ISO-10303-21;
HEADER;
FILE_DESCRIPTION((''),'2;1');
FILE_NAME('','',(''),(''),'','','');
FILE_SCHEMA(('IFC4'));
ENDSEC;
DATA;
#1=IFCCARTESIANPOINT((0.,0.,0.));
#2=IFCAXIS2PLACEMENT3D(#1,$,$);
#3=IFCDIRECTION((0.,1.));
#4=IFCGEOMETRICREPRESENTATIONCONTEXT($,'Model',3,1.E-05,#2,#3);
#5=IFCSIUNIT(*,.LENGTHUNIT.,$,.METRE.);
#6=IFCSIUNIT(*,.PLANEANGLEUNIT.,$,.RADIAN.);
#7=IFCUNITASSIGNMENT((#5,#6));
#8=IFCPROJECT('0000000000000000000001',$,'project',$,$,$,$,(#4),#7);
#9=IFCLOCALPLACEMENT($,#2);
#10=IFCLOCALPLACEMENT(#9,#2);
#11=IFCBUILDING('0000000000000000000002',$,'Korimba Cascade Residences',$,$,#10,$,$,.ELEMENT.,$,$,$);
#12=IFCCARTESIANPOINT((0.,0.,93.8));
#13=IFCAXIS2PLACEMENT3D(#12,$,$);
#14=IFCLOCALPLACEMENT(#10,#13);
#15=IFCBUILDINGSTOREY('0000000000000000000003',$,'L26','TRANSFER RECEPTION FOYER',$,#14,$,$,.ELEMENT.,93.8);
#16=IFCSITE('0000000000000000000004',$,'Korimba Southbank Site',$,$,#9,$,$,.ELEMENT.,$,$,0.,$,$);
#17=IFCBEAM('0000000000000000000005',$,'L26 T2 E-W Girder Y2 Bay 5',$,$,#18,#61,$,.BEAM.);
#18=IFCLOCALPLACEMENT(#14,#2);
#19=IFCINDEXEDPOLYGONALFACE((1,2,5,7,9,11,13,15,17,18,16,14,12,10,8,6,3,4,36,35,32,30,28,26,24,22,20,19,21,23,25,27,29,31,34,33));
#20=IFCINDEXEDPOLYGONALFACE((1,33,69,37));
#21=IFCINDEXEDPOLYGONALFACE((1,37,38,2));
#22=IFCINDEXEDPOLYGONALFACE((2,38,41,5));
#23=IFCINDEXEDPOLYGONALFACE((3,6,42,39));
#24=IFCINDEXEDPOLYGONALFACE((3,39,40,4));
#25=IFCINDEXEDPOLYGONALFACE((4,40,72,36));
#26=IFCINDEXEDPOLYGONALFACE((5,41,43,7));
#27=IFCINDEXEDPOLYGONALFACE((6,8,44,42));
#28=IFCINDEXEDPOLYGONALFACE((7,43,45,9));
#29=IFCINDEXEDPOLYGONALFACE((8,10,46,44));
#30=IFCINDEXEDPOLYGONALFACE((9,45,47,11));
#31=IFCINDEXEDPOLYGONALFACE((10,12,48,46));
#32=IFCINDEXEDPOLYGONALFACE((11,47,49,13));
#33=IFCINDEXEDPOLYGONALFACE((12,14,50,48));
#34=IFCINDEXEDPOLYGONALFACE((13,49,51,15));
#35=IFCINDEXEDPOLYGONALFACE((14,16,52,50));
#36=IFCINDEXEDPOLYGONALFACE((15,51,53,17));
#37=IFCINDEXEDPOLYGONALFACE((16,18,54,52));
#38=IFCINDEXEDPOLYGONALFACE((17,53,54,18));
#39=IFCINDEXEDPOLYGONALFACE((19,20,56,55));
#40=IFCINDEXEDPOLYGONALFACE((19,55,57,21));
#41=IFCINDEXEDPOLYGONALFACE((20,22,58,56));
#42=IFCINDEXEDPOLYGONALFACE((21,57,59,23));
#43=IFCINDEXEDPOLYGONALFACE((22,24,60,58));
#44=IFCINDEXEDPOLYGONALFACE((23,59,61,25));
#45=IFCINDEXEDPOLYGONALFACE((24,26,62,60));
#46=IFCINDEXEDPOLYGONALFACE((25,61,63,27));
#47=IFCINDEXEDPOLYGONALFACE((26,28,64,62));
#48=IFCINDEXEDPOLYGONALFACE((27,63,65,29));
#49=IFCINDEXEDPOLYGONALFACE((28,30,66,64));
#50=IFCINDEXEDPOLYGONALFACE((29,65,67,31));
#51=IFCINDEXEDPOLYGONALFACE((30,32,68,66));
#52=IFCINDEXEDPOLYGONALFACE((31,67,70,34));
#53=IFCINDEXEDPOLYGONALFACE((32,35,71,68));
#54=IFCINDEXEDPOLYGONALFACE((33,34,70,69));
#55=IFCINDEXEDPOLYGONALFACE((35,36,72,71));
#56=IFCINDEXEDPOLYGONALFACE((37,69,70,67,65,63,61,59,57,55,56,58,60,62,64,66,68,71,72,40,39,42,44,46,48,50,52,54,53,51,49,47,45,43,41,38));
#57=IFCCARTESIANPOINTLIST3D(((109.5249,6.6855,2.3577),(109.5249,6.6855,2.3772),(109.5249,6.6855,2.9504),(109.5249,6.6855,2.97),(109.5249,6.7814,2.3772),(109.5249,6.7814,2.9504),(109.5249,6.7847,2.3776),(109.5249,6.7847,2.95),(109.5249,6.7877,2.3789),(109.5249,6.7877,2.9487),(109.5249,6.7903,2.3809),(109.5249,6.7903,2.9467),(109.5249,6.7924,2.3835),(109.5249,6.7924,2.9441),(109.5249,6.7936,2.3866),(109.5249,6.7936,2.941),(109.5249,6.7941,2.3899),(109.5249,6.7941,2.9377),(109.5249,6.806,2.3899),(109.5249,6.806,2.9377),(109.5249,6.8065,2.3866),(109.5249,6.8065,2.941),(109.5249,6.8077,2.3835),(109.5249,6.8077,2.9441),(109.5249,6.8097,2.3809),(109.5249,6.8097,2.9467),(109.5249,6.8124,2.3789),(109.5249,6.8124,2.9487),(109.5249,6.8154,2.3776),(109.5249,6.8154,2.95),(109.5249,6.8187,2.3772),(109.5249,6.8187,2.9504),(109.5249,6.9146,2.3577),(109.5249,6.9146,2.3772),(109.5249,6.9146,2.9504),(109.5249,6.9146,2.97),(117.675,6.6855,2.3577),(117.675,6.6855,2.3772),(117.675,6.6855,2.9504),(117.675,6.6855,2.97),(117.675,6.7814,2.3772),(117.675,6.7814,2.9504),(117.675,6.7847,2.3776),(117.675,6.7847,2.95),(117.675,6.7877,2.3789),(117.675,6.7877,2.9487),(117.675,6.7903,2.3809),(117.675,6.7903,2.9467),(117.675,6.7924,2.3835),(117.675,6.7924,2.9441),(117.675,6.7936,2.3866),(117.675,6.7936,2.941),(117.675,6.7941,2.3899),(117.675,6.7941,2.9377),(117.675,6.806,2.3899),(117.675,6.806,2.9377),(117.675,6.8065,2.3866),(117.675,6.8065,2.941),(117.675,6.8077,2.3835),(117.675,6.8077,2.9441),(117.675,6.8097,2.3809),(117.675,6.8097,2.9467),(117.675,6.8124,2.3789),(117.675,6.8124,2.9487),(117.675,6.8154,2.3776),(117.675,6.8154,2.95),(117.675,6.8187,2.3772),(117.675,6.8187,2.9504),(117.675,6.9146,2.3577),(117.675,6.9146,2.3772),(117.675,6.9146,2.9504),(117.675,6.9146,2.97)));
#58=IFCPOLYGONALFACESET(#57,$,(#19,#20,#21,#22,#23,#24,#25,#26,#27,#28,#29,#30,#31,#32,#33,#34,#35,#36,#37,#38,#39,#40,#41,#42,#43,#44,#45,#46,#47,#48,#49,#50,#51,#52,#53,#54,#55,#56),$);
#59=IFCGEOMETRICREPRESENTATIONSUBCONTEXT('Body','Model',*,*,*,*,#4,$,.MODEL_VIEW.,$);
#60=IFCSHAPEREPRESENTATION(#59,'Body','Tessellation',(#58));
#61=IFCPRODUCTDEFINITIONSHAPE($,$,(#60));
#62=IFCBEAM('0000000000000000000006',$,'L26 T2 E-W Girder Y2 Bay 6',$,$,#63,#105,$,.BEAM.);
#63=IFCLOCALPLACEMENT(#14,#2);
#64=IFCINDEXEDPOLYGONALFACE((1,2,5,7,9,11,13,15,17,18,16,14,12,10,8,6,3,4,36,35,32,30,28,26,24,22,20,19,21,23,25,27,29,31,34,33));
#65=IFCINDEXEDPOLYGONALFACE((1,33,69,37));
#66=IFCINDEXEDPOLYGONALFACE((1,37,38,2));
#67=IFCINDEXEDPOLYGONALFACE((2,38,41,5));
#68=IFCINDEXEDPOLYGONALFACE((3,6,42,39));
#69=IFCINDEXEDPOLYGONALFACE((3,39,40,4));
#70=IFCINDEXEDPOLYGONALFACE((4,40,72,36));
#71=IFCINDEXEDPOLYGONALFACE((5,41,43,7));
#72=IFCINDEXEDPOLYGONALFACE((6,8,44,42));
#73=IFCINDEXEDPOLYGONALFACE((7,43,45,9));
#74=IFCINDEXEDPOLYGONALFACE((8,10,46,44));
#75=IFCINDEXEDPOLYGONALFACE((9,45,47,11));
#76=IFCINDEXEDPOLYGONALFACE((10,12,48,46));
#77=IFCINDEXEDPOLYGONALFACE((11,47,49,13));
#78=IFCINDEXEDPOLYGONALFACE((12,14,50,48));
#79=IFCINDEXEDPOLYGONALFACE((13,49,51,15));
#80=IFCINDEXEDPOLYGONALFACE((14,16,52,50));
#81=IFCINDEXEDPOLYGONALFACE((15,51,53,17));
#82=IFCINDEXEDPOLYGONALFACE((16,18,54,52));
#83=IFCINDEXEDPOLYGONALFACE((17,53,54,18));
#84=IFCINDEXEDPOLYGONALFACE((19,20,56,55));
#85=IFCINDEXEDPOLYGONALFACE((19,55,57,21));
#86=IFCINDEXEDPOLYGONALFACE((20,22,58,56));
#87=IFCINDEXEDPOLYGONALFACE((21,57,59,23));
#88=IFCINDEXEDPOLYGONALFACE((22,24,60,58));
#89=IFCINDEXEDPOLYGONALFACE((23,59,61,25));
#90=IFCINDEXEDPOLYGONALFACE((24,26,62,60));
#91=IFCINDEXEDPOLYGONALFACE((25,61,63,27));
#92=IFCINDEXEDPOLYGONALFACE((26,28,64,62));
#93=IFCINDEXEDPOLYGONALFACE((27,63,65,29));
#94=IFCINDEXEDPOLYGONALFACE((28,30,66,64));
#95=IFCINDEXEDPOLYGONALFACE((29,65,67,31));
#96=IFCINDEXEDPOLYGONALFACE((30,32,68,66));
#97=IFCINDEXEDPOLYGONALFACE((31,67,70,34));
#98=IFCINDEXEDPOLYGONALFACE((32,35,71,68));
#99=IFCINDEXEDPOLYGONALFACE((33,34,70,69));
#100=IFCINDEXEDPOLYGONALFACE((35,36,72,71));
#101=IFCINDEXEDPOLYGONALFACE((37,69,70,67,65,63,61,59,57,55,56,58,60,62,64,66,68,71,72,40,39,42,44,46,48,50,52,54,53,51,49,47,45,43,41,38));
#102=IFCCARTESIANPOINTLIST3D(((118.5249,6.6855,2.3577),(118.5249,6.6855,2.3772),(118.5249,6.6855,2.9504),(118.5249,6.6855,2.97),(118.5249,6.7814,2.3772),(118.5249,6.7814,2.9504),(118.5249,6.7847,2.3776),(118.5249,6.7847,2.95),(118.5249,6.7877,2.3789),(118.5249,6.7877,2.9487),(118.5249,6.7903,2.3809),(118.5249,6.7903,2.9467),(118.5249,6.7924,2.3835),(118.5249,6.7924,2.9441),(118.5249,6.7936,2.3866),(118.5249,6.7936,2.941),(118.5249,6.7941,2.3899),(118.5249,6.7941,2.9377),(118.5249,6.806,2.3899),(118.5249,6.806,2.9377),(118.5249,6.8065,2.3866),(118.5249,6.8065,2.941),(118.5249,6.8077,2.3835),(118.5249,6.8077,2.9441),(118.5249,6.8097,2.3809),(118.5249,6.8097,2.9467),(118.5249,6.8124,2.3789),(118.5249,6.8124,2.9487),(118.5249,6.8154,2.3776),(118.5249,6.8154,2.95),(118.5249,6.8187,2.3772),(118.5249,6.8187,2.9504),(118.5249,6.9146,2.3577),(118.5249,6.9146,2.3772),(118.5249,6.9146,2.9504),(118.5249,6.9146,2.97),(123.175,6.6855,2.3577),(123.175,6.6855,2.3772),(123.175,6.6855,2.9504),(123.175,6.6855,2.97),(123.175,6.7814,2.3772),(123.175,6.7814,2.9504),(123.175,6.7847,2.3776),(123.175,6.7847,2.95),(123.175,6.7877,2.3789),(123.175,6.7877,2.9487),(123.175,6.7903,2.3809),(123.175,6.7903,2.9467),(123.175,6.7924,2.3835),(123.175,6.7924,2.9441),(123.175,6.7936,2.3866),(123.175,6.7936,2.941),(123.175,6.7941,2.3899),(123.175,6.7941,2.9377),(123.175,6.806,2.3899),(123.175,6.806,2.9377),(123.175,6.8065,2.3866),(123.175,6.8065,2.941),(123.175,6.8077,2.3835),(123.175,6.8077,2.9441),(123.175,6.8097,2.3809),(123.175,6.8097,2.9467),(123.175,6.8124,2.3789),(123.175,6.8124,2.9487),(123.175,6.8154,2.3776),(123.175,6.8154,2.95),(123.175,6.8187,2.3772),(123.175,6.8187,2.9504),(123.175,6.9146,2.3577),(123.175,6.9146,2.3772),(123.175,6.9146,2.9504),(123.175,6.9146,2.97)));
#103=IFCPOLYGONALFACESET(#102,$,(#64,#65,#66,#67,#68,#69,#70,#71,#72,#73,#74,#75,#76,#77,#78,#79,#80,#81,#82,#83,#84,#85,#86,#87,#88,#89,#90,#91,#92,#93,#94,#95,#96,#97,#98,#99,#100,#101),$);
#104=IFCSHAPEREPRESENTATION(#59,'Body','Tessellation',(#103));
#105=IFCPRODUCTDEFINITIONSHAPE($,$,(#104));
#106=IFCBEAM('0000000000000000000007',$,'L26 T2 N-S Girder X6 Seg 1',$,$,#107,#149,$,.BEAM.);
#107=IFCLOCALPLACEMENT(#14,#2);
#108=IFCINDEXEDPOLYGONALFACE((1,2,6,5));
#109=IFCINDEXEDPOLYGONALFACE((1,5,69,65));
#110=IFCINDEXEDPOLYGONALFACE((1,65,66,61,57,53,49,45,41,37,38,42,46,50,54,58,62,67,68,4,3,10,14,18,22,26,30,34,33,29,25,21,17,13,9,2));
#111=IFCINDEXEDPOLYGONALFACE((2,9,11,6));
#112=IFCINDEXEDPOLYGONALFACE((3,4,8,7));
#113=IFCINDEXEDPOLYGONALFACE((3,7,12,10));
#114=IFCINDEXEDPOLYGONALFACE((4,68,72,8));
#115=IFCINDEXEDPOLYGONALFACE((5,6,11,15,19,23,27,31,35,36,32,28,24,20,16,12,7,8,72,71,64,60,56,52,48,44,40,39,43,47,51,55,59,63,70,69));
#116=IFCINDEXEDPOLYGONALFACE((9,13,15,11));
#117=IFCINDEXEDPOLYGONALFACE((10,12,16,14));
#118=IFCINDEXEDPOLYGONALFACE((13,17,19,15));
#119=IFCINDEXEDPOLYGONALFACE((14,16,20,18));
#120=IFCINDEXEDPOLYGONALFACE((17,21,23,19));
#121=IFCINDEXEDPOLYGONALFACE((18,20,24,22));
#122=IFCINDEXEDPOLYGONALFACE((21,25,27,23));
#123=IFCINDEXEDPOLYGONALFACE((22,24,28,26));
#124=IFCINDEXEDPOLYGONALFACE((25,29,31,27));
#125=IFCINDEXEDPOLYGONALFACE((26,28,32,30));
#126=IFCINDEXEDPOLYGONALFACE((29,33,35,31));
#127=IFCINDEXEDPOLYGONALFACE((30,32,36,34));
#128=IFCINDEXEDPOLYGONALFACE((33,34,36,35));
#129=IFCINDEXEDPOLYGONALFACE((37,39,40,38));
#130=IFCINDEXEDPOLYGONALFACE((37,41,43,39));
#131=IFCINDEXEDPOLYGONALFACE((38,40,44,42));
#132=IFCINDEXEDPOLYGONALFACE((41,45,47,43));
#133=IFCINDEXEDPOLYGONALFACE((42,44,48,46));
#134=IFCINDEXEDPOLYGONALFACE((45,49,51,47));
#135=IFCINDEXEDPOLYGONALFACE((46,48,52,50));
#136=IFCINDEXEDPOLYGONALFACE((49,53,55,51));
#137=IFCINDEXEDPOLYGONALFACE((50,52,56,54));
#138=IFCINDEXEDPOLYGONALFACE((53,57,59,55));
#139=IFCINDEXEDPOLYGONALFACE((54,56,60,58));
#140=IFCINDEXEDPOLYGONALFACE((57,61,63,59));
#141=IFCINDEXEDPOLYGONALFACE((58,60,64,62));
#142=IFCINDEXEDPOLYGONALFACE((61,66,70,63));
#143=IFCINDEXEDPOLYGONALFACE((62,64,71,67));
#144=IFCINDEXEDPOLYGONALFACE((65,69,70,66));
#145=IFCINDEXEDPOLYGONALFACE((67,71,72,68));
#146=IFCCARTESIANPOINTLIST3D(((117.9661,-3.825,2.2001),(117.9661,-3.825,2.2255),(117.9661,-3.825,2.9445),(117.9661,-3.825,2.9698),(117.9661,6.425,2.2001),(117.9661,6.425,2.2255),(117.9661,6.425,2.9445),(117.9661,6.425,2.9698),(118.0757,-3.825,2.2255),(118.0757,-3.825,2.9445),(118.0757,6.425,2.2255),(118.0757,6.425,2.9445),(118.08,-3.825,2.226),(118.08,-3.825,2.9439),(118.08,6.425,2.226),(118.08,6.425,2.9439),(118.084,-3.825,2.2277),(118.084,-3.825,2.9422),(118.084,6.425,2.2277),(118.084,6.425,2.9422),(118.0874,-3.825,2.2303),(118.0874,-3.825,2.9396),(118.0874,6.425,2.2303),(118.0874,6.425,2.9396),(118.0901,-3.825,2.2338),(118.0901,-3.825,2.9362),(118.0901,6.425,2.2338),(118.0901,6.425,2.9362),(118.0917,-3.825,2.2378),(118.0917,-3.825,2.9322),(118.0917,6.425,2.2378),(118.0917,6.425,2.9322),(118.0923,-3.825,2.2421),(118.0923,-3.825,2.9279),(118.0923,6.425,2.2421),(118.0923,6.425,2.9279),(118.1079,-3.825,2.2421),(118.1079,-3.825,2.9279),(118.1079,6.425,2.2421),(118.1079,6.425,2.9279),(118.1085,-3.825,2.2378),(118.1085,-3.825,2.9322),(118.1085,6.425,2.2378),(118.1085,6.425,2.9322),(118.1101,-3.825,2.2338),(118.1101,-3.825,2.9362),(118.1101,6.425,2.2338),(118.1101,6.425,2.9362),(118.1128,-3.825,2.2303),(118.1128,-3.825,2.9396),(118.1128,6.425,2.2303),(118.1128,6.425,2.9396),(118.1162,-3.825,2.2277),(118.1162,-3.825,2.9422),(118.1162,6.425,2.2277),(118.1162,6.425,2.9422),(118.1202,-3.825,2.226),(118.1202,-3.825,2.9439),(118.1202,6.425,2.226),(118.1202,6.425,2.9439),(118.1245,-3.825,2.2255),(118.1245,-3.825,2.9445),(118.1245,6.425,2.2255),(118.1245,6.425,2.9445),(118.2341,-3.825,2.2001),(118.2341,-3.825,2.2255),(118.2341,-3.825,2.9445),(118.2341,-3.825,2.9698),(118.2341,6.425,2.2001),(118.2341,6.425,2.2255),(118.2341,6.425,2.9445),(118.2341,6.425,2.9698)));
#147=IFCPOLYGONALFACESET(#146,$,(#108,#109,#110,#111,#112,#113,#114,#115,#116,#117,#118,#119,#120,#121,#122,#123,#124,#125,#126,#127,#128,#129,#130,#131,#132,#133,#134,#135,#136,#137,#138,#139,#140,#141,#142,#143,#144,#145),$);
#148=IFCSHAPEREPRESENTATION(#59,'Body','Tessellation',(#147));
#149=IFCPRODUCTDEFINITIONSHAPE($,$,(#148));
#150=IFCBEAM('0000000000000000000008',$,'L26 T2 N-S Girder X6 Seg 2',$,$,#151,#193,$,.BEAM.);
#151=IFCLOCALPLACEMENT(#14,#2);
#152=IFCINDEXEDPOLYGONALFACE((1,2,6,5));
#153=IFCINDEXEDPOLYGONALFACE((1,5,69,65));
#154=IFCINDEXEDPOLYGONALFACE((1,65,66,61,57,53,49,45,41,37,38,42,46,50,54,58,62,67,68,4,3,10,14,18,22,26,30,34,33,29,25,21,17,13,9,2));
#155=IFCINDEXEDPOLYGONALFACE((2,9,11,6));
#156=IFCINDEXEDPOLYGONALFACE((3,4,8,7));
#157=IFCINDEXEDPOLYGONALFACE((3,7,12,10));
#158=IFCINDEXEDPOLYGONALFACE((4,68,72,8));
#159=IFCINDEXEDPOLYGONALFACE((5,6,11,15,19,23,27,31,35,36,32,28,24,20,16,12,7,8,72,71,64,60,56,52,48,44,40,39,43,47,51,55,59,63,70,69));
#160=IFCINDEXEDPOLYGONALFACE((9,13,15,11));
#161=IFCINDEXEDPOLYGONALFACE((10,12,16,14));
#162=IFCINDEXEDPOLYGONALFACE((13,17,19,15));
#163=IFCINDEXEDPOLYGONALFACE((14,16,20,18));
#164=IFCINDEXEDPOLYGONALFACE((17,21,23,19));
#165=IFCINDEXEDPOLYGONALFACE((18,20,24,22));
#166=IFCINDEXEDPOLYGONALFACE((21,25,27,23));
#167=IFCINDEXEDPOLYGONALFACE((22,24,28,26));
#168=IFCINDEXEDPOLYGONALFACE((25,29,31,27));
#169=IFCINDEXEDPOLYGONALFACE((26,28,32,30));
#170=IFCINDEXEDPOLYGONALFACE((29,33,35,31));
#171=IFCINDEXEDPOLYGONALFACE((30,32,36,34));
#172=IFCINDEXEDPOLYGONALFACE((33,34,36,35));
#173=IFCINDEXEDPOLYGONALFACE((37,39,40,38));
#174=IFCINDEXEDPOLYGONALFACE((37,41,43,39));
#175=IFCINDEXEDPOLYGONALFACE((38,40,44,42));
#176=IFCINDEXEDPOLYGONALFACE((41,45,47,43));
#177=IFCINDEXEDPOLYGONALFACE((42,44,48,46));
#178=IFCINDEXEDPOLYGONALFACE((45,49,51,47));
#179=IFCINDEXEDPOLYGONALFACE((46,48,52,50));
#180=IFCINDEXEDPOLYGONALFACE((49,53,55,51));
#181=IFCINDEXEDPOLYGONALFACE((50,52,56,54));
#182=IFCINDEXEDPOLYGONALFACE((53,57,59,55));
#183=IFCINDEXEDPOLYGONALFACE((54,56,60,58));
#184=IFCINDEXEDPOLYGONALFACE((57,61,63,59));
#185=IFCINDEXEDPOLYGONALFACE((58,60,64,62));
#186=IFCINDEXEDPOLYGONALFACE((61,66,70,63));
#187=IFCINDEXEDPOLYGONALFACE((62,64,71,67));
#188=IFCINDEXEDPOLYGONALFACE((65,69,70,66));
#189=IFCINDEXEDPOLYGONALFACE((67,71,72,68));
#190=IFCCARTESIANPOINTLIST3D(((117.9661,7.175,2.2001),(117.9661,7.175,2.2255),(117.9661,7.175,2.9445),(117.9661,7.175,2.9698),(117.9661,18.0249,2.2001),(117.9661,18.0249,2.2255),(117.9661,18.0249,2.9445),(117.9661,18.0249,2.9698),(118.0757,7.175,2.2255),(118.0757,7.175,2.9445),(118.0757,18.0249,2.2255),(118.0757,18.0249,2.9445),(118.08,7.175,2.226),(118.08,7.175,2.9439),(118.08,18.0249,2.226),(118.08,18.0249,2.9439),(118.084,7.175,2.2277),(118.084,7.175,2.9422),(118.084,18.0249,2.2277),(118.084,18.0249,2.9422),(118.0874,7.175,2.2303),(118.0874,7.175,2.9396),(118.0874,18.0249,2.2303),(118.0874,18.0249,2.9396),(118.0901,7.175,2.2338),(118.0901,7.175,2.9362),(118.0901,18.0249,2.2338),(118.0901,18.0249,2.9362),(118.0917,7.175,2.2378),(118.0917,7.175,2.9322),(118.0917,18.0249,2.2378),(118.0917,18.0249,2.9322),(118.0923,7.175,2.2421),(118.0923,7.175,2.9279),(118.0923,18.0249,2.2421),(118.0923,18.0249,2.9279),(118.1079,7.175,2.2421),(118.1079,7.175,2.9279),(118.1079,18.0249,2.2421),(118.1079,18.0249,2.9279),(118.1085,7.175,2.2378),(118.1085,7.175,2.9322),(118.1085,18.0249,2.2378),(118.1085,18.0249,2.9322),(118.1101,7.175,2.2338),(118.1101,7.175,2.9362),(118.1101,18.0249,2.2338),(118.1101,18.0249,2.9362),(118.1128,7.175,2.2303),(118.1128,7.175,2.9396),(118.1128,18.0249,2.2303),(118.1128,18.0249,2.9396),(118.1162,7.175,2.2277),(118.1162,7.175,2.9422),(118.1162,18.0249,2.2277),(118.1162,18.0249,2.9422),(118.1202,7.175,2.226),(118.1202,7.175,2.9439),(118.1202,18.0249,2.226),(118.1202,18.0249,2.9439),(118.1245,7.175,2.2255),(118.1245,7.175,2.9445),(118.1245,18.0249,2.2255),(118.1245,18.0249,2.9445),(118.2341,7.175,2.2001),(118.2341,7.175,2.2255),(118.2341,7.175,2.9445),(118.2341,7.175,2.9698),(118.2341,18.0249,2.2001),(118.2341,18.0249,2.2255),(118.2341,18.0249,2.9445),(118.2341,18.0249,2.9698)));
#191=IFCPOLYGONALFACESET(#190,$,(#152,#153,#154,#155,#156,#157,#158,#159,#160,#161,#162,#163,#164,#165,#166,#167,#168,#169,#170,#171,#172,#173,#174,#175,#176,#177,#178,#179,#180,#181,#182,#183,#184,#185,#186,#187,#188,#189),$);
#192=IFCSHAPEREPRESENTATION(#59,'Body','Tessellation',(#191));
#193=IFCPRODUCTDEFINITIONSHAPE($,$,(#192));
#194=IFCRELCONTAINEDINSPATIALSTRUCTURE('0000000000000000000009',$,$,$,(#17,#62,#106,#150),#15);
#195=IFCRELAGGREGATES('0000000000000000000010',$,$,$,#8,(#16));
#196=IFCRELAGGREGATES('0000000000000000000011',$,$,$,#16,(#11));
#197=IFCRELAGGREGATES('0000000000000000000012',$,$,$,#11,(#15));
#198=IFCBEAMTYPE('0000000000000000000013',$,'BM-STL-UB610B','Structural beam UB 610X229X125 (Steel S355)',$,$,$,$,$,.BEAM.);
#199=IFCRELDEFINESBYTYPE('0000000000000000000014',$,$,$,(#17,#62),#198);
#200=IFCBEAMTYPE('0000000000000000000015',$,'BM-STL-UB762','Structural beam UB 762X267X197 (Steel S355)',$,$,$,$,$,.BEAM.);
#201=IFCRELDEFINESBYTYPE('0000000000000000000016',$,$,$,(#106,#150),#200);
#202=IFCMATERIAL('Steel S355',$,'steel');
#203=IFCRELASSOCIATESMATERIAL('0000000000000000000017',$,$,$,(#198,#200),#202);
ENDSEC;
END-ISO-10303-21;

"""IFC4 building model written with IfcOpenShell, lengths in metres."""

from ifc_helpers import new_model, si_unit, direction, frame, origin, origin_2d, place, context, subcontext, project, spatial, i_section, extrude, material, material_profile, profile_set, type_object, element, save


model = new_model("IFC4")

# Units and contexts
model_context = context("Model", 3, precision=1e-05, world=origin(), true_north=direction((0.0, 1.0)))
body_context = subcontext(model_context, "Body", "Model", "MODEL_VIEW")
ifc_project = project(units=[si_unit("LENGTHUNIT", "METRE"), si_unit("PLANEANGLEUNIT", "RADIAN")], contexts=[model_context])

# Site, building, storey
site_placement = place(None, origin())
site = spatial("IfcSite", under=ifc_project, at=site_placement, Name="Korimba Southbank Site", CompositionType="ELEMENT", RefElevation=0.0)
building_placement = place(site_placement, origin())
building = spatial("IfcBuilding", under=site, at=building_placement, Name="Korimba Cascade Residences", CompositionType="ELEMENT")
storey_placement = place(building_placement, frame((0.0, 0.0, 93.8)))
storey = spatial("IfcBuildingStorey", under=building, at=storey_placement, Name="L26", Description="TRANSFER RECEPTION FOYER", CompositionType="ELEMENT", Elevation=93.8)

# Beams
ifc_material_1 = material(Name="Steel S355", Category="steel")
ifc_material_profile_1 = material_profile(ifc_material_1, i_section(OverallWidth=0.229, OverallDepth=0.6123, WebThickness=0.012, FlangeThickness=0.0195, FilletRadius=0.0127, at=origin_2d()), Name="Steel S355")
ifc_profile_set_1 = profile_set([ifc_material_profile_1], Name="Steel S355")
beam_type_1 = type_object("IfcBeamType", Name="BM-STL-UB610B", Description="Structural beam UB 610X229X125 (Steel S355)", PredefinedType="BEAM", material=ifc_profile_set_1)
beam_1_placement = place(storey_placement, frame((109.5249, 6.8, 2.6638), z_axis=(1.0, 0.0, 0.0), x_axis=(0.0, 1.0, 0.0)))
element("IfcBeam", 1, at=beam_1_placement, inside=storey, type_object=beam_type_1, Name="L26 T2 E-W Girder Y2 Bay 5", PredefinedType="BEAM", context=body_context, shape_type="SweptSolid", body=[
    extrude(i_section(OverallWidth=0.229, OverallDepth=0.6123, WebThickness=0.012, FlangeThickness=0.0195, FilletRadius=0.0127, at=origin_2d()), origin(), (0.0, 0.0, 1.0), 8.1501),
])
beam_2_placement = place(storey_placement, frame((118.5249, 6.8, 2.6638), z_axis=(1.0, 0.0, 0.0), x_axis=(0.0, 1.0, 0.0)))
element("IfcBeam", 2, at=beam_2_placement, inside=storey, type_object=beam_type_1, Name="L26 T2 E-W Girder Y2 Bay 6", PredefinedType="BEAM", context=body_context, shape_type="SweptSolid", body=[
    extrude(i_section(OverallWidth=0.229, OverallDepth=0.6123, WebThickness=0.012, FlangeThickness=0.0195, FilletRadius=0.0127, at=origin_2d()), origin(), (0.0, 0.0, 1.0), 4.6501),
])
ifc_material_profile_2 = material_profile(ifc_material_1, i_section(OverallWidth=0.2681, OverallDepth=0.7698, WebThickness=0.0156, FlangeThickness=0.0254, FilletRadius=0.0166, at=origin_2d()), Name="Steel S355")
ifc_profile_set_2 = profile_set([ifc_material_profile_2], Name="Steel S355")
beam_type_2 = type_object("IfcBeamType", Name="BM-STL-UB762", Description="Structural beam UB 762X267X197 (Steel S355)", PredefinedType="BEAM", material=ifc_profile_set_2)
beam_3_placement = place(storey_placement, frame((118.1001, -3.825, 2.585), z_axis=(0.0, 1.0, 0.0), x_axis=(-1.0, 0.0, 0.0)))
element("IfcBeam", 3, at=beam_3_placement, inside=storey, type_object=beam_type_2, Name="L26 T2 N-S Girder X6 Seg 1", PredefinedType="BEAM", context=body_context, shape_type="SweptSolid", body=[
    extrude(i_section(OverallWidth=0.2681, OverallDepth=0.7698, WebThickness=0.0156, FlangeThickness=0.0254, FilletRadius=0.0166, at=origin_2d()), origin(), (0.0, 0.0, 1.0), 10.25),
])
beam_4_placement = place(storey_placement, frame((118.1001, 7.175, 2.585), z_axis=(0.0, 1.0, 0.0), x_axis=(-1.0, 0.0, 0.0)))
element("IfcBeam", 4, at=beam_4_placement, inside=storey, type_object=beam_type_2, Name="L26 T2 N-S Girder X6 Seg 2", PredefinedType="BEAM", context=body_context, shape_type="SweptSolid", body=[
    extrude(i_section(OverallWidth=0.2681, OverallDepth=0.7698, WebThickness=0.0156, FlangeThickness=0.0254, FilletRadius=0.0166, at=origin_2d()), origin(), (0.0, 0.0, 1.0), 10.8499),
])

save(model, "model.ifc")
